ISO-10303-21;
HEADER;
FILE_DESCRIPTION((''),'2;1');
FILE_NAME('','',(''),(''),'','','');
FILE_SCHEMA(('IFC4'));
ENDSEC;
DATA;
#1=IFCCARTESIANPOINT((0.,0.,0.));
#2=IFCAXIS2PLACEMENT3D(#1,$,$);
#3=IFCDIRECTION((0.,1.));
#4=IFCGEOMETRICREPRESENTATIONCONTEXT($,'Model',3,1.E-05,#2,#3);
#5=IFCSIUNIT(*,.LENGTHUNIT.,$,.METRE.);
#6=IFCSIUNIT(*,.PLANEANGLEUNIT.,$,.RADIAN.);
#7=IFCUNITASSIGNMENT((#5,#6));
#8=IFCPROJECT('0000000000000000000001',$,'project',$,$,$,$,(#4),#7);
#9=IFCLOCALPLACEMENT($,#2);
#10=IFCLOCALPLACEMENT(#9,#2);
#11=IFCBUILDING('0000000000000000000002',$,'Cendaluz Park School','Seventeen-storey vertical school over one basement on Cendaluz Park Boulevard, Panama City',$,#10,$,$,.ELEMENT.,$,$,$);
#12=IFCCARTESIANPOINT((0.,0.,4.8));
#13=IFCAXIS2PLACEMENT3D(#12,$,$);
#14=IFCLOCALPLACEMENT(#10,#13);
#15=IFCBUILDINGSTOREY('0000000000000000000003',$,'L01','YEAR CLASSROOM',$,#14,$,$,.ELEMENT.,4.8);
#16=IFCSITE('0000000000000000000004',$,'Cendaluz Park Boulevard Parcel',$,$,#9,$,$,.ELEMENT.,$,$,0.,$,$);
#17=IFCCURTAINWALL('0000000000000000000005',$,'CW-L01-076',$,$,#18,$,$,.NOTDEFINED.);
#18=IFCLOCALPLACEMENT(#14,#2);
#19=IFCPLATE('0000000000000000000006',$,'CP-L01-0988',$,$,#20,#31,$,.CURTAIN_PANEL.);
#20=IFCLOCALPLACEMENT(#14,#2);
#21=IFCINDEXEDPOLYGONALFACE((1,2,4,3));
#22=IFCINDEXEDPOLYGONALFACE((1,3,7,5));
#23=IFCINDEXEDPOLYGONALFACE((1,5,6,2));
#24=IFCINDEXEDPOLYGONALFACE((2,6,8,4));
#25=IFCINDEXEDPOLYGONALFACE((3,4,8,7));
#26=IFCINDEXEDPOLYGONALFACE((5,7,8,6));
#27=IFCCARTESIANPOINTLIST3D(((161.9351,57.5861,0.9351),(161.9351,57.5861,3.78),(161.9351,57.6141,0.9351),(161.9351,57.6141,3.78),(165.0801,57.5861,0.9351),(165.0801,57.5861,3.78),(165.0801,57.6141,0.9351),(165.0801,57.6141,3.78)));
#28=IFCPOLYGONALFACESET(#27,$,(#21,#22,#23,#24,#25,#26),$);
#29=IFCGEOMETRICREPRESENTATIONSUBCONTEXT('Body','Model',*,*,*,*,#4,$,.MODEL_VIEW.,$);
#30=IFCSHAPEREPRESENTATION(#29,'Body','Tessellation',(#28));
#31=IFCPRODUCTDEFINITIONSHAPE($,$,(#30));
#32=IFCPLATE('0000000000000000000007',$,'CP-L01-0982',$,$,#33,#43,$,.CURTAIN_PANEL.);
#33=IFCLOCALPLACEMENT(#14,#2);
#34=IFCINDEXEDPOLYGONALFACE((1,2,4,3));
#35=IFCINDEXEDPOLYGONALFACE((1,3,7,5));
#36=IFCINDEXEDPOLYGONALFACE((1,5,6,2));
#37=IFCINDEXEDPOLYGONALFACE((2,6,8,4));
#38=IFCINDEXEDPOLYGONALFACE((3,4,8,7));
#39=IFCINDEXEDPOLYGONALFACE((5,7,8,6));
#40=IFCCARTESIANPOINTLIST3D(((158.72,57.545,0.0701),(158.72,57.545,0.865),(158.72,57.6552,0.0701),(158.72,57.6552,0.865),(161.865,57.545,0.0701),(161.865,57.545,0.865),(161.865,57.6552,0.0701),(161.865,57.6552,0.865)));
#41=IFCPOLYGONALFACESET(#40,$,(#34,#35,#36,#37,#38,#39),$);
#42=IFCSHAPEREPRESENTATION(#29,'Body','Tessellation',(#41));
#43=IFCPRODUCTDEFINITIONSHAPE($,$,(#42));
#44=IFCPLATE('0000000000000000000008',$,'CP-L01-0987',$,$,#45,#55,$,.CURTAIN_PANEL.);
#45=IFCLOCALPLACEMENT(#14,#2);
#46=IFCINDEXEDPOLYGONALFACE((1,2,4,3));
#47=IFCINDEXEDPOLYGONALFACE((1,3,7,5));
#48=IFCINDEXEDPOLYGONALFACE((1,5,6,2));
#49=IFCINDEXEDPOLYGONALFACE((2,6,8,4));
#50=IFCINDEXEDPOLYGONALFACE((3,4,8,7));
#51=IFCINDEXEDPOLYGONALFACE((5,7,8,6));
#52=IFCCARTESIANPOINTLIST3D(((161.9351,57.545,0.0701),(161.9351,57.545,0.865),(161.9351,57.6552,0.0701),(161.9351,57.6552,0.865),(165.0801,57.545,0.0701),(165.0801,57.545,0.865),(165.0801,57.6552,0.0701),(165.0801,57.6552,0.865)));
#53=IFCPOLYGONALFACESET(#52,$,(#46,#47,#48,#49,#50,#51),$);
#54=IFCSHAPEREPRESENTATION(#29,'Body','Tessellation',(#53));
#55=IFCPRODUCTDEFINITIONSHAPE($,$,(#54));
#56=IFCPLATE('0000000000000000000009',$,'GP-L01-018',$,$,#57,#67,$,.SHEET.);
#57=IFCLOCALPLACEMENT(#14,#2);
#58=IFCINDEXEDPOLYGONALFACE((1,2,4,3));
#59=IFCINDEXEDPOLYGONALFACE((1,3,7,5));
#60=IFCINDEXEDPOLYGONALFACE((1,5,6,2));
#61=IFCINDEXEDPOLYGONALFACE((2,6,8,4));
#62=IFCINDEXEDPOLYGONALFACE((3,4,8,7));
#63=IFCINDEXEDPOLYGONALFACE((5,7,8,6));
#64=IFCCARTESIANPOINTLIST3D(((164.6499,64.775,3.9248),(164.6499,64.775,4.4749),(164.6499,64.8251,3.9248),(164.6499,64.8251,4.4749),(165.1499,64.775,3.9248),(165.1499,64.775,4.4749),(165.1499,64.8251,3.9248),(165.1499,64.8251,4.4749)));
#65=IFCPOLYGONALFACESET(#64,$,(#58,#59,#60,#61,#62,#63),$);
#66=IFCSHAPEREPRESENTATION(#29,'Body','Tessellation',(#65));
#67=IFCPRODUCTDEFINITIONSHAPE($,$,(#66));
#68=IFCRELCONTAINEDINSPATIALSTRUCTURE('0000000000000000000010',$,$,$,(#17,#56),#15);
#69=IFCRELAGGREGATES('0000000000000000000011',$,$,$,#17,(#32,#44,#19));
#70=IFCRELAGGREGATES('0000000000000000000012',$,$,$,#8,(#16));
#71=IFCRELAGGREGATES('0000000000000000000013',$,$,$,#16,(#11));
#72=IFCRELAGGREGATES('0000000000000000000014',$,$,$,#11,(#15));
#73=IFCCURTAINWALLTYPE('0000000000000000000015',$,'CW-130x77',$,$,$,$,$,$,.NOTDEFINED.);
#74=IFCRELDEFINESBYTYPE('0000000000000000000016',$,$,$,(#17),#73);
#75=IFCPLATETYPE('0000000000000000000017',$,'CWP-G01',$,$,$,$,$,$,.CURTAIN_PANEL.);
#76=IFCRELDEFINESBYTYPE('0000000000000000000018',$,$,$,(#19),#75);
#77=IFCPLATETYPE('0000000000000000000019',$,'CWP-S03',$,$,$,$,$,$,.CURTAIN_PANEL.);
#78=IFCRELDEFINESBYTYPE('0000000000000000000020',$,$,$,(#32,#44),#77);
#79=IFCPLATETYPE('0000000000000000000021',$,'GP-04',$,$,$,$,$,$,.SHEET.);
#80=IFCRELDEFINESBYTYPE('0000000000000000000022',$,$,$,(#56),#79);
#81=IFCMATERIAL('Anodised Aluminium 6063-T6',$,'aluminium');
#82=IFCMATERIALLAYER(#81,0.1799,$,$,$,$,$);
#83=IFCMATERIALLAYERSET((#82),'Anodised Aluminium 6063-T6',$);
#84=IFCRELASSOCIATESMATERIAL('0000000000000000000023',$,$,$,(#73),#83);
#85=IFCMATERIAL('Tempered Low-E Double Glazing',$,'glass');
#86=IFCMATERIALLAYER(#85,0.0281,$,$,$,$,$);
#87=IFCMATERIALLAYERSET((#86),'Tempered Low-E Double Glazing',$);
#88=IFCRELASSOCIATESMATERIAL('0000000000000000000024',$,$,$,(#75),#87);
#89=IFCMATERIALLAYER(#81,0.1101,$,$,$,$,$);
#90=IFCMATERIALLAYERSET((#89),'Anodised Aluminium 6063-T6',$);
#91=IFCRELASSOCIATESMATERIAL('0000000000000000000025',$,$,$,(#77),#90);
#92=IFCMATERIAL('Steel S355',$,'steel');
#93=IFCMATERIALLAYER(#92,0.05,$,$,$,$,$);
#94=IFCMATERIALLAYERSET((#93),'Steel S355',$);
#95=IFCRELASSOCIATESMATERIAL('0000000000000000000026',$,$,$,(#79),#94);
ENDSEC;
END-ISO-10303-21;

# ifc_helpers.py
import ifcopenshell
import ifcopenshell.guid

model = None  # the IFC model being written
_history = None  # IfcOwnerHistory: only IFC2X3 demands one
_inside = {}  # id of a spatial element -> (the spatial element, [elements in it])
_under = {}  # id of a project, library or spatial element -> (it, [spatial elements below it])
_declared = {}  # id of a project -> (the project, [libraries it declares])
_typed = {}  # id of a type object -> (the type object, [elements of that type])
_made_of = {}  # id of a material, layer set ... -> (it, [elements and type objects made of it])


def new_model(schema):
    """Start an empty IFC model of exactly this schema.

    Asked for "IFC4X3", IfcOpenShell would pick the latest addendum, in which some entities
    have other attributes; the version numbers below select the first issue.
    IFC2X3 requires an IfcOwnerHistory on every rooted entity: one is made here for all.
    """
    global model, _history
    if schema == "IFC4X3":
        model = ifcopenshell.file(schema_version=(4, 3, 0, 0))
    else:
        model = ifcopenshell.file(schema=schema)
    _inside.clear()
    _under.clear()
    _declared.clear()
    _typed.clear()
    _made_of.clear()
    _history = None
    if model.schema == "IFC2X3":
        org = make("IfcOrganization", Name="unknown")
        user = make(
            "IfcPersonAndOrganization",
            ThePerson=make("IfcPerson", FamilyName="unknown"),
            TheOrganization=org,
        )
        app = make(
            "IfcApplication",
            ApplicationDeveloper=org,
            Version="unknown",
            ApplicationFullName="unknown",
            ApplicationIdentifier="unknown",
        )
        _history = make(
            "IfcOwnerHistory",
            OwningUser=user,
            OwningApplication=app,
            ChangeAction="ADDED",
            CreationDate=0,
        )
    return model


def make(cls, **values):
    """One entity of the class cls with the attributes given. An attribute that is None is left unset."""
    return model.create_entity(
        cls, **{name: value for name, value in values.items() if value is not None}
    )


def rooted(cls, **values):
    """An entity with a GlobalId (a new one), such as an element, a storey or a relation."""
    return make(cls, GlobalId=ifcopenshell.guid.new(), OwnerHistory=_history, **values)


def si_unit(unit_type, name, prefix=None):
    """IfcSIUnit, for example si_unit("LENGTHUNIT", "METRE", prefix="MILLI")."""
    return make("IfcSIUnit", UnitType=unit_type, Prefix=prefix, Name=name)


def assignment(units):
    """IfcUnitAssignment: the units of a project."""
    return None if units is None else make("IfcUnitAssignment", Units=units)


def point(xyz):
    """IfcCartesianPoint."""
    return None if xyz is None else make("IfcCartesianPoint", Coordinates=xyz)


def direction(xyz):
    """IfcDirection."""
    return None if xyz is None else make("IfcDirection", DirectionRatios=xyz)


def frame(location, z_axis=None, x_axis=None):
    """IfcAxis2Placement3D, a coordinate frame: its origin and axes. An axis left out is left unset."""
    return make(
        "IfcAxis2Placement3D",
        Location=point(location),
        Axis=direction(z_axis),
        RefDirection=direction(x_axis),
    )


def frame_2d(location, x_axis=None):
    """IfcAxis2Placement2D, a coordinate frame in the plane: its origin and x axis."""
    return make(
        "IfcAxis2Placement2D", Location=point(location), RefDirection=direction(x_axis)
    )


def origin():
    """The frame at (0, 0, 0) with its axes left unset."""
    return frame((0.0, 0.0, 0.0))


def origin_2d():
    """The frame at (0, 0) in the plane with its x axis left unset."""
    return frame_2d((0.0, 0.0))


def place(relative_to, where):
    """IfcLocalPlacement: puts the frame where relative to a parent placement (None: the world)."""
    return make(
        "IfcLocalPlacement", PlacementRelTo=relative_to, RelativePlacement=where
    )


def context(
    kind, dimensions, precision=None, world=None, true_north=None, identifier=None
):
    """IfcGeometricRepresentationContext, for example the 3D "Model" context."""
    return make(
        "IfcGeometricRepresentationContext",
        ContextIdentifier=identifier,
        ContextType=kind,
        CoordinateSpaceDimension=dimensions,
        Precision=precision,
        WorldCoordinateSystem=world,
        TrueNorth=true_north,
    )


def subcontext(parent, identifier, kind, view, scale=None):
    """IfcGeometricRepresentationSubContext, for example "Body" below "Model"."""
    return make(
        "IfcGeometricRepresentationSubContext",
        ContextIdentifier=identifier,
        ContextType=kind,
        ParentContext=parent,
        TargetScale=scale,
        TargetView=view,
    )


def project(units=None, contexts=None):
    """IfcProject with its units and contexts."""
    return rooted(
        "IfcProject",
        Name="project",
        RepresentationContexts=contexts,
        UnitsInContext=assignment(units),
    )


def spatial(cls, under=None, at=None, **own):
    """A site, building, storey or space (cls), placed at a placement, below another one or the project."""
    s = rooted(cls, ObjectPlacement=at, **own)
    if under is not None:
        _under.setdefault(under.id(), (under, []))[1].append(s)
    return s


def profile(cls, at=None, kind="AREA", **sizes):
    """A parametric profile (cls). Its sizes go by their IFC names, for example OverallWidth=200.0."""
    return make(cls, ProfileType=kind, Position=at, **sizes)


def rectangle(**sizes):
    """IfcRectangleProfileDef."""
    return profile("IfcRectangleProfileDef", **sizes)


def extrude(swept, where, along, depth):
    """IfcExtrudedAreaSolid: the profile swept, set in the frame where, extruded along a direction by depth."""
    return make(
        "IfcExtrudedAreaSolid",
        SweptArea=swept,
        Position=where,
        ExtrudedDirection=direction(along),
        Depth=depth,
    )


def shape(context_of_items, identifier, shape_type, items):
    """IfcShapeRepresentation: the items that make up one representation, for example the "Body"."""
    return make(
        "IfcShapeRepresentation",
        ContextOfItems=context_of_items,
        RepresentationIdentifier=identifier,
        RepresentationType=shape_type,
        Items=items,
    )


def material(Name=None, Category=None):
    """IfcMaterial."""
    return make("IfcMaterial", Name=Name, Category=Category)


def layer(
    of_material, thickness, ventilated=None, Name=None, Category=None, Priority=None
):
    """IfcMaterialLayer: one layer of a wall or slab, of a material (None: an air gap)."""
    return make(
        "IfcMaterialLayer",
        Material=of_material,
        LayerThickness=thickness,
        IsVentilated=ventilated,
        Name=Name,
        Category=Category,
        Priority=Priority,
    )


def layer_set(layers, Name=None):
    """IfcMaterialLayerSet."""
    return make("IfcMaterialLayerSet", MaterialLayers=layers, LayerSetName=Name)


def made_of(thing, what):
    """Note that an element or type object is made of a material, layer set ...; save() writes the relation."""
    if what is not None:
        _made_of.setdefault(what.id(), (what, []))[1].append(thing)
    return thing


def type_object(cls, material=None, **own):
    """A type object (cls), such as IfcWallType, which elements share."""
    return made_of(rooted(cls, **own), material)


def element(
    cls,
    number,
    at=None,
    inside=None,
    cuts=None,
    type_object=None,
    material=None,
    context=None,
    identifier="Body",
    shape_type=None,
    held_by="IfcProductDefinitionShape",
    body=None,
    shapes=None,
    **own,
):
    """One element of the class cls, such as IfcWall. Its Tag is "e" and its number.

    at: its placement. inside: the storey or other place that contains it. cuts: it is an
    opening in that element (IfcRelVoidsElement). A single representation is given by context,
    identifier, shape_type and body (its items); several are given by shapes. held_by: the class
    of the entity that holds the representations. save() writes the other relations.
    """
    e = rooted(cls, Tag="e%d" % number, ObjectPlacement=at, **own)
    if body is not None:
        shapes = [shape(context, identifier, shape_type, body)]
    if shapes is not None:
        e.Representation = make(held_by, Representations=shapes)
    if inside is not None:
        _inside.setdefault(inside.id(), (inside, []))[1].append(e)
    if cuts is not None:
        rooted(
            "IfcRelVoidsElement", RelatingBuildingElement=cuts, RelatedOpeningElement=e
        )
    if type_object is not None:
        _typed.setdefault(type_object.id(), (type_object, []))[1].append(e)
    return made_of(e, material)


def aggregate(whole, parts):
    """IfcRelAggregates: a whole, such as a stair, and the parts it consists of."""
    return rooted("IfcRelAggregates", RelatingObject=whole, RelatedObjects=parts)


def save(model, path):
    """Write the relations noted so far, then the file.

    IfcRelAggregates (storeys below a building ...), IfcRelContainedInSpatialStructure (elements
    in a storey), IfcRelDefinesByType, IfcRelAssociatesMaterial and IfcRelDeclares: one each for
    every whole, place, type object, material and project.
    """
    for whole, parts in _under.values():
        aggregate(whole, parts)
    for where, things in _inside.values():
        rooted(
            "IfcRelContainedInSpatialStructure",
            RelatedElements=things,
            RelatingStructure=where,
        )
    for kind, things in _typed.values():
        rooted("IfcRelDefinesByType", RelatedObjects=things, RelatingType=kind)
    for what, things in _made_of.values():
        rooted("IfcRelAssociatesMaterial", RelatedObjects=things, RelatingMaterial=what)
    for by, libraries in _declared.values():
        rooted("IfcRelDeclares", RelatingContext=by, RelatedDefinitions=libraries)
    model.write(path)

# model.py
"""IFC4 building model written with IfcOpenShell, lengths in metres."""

from ifc_helpers import new_model, si_unit, direction, frame, origin, origin_2d, place, context, subcontext, project, spatial, rectangle, extrude, material, layer, layer_set, type_object, element, aggregate, save


model = new_model("IFC4")

# Units and contexts
model_context = context("Model", 3, precision=1e-05, world=origin(), true_north=direction((0.0, 1.0)))
body_context = subcontext(model_context, "Body", "Model", "MODEL_VIEW")
ifc_project = project(units=[si_unit("LENGTHUNIT", "METRE"), si_unit("PLANEANGLEUNIT", "RADIAN")], contexts=[model_context])

# Site, building, storey
site_placement = place(None, origin())
site = spatial("IfcSite", under=ifc_project, at=site_placement, Name="Cendaluz Park Boulevard Parcel", CompositionType="ELEMENT", RefElevation=0.0)
building_placement = place(site_placement, origin())
building = spatial("IfcBuilding", under=site, at=building_placement, Name="Cendaluz Park School", Description="Seventeen-storey vertical school over one basement on Cendaluz Park Boulevard, Panama City", CompositionType="ELEMENT")
storey_placement = place(building_placement, frame((0.0, 0.0, 4.8)))
storey = spatial("IfcBuildingStorey", under=building, at=storey_placement, Name="L01", Description="YEAR CLASSROOM", CompositionType="ELEMENT", Elevation=4.8)

# Curtain wall
ifc_material_1 = material(Name="Anodised Aluminium 6063-T6", Category="aluminium")
ifc_layer_1 = layer(ifc_material_1, 0.1799)
ifc_layer_set_1 = layer_set([ifc_layer_1], Name="Anodised Aluminium 6063-T6")
curtain_wall_type = type_object("IfcCurtainWallType", Name="CW-130x77", PredefinedType="NOTDEFINED", material=ifc_layer_set_1)
curtain_wall_placement = place(storey_placement, origin())
curtain_wall = element("IfcCurtainWall", 1, at=curtain_wall_placement, inside=storey, type_object=curtain_wall_type, Name="CW-L01-076", PredefinedType="NOTDEFINED")

# Plates
ifc_material_2 = material(Name="Tempered Low-E Double Glazing", Category="glass")
ifc_layer_2 = layer(ifc_material_2, 0.0281)
ifc_layer_set_2 = layer_set([ifc_layer_2], Name="Tempered Low-E Double Glazing")
plate_type_1 = type_object("IfcPlateType", Name="CWP-G01", PredefinedType="CURTAIN_PANEL", material=ifc_layer_set_2)
plate_1_placement = place(storey_placement, frame((163.5076, 57.6001, 0.9351), z_axis=(0.0, 0.0, 1.0), x_axis=(1.0, 0.0, 0.0)))
plate_1 = element("IfcPlate", 2, at=plate_1_placement, type_object=plate_type_1, Name="CP-L01-0988", PredefinedType="CURTAIN_PANEL", context=body_context, shape_type="SweptSolid", body=[
    extrude(rectangle(XDim=3.145, YDim=0.0281, at=origin_2d()), origin(), (0.0, 0.0, 1.0), 2.845),
])
ifc_layer_3 = layer(ifc_material_1, 0.1101)
ifc_layer_set_3 = layer_set([ifc_layer_3], Name="Anodised Aluminium 6063-T6")
plate_type_2 = type_object("IfcPlateType", Name="CWP-S03", PredefinedType="CURTAIN_PANEL", material=ifc_layer_set_3)
plate_2_placement = place(storey_placement, frame((160.2925, 57.6001, 0.0701), z_axis=(0.0, 0.0, 1.0), x_axis=(1.0, 0.0, 0.0)))
plate_2 = element("IfcPlate", 3, at=plate_2_placement, type_object=plate_type_2, Name="CP-L01-0982", PredefinedType="CURTAIN_PANEL", context=body_context, shape_type="SweptSolid", body=[
    extrude(rectangle(XDim=3.145, YDim=0.1101, at=origin_2d()), origin(), (0.0, 0.0, 1.0), 0.7949),
])
plate_3_placement = place(storey_placement, frame((163.5076, 57.6001, 0.0701), z_axis=(0.0, 0.0, 1.0), x_axis=(1.0, 0.0, 0.0)))
plate_3 = element("IfcPlate", 4, at=plate_3_placement, type_object=plate_type_2, Name="CP-L01-0987", PredefinedType="CURTAIN_PANEL", context=body_context, shape_type="SweptSolid", body=[
    extrude(rectangle(XDim=3.145, YDim=0.1101, at=origin_2d()), origin(), (0.0, 0.0, 1.0), 0.7949),
])
aggregate(curtain_wall, [plate_2, plate_3, plate_1])
ifc_material_3 = material(Name="Steel S355", Category="steel")
ifc_layer_4 = layer(ifc_material_3, 0.05)
ifc_layer_set_4 = layer_set([ifc_layer_4], Name="Steel S355")
plate_type_3 = type_object("IfcPlateType", Name="GP-04", PredefinedType="SHEET", material=ifc_layer_set_4)
plate_4_placement = place(storey_placement, frame((164.8999, 64.8, 3.9248), z_axis=(0.0, 0.0, 1.0), x_axis=(1.0, 0.0, 0.0)))
element("IfcPlate", 5, at=plate_4_placement, inside=storey, type_object=plate_type_3, Name="GP-L01-018", PredefinedType="SHEET", context=body_context, shape_type="SweptSolid", body=[
    extrude(rectangle(XDim=0.5, YDim=0.05, at=origin_2d()), origin(), (0.0, 0.0, 1.0), 0.55),
])

save(model, "model.ifc")
